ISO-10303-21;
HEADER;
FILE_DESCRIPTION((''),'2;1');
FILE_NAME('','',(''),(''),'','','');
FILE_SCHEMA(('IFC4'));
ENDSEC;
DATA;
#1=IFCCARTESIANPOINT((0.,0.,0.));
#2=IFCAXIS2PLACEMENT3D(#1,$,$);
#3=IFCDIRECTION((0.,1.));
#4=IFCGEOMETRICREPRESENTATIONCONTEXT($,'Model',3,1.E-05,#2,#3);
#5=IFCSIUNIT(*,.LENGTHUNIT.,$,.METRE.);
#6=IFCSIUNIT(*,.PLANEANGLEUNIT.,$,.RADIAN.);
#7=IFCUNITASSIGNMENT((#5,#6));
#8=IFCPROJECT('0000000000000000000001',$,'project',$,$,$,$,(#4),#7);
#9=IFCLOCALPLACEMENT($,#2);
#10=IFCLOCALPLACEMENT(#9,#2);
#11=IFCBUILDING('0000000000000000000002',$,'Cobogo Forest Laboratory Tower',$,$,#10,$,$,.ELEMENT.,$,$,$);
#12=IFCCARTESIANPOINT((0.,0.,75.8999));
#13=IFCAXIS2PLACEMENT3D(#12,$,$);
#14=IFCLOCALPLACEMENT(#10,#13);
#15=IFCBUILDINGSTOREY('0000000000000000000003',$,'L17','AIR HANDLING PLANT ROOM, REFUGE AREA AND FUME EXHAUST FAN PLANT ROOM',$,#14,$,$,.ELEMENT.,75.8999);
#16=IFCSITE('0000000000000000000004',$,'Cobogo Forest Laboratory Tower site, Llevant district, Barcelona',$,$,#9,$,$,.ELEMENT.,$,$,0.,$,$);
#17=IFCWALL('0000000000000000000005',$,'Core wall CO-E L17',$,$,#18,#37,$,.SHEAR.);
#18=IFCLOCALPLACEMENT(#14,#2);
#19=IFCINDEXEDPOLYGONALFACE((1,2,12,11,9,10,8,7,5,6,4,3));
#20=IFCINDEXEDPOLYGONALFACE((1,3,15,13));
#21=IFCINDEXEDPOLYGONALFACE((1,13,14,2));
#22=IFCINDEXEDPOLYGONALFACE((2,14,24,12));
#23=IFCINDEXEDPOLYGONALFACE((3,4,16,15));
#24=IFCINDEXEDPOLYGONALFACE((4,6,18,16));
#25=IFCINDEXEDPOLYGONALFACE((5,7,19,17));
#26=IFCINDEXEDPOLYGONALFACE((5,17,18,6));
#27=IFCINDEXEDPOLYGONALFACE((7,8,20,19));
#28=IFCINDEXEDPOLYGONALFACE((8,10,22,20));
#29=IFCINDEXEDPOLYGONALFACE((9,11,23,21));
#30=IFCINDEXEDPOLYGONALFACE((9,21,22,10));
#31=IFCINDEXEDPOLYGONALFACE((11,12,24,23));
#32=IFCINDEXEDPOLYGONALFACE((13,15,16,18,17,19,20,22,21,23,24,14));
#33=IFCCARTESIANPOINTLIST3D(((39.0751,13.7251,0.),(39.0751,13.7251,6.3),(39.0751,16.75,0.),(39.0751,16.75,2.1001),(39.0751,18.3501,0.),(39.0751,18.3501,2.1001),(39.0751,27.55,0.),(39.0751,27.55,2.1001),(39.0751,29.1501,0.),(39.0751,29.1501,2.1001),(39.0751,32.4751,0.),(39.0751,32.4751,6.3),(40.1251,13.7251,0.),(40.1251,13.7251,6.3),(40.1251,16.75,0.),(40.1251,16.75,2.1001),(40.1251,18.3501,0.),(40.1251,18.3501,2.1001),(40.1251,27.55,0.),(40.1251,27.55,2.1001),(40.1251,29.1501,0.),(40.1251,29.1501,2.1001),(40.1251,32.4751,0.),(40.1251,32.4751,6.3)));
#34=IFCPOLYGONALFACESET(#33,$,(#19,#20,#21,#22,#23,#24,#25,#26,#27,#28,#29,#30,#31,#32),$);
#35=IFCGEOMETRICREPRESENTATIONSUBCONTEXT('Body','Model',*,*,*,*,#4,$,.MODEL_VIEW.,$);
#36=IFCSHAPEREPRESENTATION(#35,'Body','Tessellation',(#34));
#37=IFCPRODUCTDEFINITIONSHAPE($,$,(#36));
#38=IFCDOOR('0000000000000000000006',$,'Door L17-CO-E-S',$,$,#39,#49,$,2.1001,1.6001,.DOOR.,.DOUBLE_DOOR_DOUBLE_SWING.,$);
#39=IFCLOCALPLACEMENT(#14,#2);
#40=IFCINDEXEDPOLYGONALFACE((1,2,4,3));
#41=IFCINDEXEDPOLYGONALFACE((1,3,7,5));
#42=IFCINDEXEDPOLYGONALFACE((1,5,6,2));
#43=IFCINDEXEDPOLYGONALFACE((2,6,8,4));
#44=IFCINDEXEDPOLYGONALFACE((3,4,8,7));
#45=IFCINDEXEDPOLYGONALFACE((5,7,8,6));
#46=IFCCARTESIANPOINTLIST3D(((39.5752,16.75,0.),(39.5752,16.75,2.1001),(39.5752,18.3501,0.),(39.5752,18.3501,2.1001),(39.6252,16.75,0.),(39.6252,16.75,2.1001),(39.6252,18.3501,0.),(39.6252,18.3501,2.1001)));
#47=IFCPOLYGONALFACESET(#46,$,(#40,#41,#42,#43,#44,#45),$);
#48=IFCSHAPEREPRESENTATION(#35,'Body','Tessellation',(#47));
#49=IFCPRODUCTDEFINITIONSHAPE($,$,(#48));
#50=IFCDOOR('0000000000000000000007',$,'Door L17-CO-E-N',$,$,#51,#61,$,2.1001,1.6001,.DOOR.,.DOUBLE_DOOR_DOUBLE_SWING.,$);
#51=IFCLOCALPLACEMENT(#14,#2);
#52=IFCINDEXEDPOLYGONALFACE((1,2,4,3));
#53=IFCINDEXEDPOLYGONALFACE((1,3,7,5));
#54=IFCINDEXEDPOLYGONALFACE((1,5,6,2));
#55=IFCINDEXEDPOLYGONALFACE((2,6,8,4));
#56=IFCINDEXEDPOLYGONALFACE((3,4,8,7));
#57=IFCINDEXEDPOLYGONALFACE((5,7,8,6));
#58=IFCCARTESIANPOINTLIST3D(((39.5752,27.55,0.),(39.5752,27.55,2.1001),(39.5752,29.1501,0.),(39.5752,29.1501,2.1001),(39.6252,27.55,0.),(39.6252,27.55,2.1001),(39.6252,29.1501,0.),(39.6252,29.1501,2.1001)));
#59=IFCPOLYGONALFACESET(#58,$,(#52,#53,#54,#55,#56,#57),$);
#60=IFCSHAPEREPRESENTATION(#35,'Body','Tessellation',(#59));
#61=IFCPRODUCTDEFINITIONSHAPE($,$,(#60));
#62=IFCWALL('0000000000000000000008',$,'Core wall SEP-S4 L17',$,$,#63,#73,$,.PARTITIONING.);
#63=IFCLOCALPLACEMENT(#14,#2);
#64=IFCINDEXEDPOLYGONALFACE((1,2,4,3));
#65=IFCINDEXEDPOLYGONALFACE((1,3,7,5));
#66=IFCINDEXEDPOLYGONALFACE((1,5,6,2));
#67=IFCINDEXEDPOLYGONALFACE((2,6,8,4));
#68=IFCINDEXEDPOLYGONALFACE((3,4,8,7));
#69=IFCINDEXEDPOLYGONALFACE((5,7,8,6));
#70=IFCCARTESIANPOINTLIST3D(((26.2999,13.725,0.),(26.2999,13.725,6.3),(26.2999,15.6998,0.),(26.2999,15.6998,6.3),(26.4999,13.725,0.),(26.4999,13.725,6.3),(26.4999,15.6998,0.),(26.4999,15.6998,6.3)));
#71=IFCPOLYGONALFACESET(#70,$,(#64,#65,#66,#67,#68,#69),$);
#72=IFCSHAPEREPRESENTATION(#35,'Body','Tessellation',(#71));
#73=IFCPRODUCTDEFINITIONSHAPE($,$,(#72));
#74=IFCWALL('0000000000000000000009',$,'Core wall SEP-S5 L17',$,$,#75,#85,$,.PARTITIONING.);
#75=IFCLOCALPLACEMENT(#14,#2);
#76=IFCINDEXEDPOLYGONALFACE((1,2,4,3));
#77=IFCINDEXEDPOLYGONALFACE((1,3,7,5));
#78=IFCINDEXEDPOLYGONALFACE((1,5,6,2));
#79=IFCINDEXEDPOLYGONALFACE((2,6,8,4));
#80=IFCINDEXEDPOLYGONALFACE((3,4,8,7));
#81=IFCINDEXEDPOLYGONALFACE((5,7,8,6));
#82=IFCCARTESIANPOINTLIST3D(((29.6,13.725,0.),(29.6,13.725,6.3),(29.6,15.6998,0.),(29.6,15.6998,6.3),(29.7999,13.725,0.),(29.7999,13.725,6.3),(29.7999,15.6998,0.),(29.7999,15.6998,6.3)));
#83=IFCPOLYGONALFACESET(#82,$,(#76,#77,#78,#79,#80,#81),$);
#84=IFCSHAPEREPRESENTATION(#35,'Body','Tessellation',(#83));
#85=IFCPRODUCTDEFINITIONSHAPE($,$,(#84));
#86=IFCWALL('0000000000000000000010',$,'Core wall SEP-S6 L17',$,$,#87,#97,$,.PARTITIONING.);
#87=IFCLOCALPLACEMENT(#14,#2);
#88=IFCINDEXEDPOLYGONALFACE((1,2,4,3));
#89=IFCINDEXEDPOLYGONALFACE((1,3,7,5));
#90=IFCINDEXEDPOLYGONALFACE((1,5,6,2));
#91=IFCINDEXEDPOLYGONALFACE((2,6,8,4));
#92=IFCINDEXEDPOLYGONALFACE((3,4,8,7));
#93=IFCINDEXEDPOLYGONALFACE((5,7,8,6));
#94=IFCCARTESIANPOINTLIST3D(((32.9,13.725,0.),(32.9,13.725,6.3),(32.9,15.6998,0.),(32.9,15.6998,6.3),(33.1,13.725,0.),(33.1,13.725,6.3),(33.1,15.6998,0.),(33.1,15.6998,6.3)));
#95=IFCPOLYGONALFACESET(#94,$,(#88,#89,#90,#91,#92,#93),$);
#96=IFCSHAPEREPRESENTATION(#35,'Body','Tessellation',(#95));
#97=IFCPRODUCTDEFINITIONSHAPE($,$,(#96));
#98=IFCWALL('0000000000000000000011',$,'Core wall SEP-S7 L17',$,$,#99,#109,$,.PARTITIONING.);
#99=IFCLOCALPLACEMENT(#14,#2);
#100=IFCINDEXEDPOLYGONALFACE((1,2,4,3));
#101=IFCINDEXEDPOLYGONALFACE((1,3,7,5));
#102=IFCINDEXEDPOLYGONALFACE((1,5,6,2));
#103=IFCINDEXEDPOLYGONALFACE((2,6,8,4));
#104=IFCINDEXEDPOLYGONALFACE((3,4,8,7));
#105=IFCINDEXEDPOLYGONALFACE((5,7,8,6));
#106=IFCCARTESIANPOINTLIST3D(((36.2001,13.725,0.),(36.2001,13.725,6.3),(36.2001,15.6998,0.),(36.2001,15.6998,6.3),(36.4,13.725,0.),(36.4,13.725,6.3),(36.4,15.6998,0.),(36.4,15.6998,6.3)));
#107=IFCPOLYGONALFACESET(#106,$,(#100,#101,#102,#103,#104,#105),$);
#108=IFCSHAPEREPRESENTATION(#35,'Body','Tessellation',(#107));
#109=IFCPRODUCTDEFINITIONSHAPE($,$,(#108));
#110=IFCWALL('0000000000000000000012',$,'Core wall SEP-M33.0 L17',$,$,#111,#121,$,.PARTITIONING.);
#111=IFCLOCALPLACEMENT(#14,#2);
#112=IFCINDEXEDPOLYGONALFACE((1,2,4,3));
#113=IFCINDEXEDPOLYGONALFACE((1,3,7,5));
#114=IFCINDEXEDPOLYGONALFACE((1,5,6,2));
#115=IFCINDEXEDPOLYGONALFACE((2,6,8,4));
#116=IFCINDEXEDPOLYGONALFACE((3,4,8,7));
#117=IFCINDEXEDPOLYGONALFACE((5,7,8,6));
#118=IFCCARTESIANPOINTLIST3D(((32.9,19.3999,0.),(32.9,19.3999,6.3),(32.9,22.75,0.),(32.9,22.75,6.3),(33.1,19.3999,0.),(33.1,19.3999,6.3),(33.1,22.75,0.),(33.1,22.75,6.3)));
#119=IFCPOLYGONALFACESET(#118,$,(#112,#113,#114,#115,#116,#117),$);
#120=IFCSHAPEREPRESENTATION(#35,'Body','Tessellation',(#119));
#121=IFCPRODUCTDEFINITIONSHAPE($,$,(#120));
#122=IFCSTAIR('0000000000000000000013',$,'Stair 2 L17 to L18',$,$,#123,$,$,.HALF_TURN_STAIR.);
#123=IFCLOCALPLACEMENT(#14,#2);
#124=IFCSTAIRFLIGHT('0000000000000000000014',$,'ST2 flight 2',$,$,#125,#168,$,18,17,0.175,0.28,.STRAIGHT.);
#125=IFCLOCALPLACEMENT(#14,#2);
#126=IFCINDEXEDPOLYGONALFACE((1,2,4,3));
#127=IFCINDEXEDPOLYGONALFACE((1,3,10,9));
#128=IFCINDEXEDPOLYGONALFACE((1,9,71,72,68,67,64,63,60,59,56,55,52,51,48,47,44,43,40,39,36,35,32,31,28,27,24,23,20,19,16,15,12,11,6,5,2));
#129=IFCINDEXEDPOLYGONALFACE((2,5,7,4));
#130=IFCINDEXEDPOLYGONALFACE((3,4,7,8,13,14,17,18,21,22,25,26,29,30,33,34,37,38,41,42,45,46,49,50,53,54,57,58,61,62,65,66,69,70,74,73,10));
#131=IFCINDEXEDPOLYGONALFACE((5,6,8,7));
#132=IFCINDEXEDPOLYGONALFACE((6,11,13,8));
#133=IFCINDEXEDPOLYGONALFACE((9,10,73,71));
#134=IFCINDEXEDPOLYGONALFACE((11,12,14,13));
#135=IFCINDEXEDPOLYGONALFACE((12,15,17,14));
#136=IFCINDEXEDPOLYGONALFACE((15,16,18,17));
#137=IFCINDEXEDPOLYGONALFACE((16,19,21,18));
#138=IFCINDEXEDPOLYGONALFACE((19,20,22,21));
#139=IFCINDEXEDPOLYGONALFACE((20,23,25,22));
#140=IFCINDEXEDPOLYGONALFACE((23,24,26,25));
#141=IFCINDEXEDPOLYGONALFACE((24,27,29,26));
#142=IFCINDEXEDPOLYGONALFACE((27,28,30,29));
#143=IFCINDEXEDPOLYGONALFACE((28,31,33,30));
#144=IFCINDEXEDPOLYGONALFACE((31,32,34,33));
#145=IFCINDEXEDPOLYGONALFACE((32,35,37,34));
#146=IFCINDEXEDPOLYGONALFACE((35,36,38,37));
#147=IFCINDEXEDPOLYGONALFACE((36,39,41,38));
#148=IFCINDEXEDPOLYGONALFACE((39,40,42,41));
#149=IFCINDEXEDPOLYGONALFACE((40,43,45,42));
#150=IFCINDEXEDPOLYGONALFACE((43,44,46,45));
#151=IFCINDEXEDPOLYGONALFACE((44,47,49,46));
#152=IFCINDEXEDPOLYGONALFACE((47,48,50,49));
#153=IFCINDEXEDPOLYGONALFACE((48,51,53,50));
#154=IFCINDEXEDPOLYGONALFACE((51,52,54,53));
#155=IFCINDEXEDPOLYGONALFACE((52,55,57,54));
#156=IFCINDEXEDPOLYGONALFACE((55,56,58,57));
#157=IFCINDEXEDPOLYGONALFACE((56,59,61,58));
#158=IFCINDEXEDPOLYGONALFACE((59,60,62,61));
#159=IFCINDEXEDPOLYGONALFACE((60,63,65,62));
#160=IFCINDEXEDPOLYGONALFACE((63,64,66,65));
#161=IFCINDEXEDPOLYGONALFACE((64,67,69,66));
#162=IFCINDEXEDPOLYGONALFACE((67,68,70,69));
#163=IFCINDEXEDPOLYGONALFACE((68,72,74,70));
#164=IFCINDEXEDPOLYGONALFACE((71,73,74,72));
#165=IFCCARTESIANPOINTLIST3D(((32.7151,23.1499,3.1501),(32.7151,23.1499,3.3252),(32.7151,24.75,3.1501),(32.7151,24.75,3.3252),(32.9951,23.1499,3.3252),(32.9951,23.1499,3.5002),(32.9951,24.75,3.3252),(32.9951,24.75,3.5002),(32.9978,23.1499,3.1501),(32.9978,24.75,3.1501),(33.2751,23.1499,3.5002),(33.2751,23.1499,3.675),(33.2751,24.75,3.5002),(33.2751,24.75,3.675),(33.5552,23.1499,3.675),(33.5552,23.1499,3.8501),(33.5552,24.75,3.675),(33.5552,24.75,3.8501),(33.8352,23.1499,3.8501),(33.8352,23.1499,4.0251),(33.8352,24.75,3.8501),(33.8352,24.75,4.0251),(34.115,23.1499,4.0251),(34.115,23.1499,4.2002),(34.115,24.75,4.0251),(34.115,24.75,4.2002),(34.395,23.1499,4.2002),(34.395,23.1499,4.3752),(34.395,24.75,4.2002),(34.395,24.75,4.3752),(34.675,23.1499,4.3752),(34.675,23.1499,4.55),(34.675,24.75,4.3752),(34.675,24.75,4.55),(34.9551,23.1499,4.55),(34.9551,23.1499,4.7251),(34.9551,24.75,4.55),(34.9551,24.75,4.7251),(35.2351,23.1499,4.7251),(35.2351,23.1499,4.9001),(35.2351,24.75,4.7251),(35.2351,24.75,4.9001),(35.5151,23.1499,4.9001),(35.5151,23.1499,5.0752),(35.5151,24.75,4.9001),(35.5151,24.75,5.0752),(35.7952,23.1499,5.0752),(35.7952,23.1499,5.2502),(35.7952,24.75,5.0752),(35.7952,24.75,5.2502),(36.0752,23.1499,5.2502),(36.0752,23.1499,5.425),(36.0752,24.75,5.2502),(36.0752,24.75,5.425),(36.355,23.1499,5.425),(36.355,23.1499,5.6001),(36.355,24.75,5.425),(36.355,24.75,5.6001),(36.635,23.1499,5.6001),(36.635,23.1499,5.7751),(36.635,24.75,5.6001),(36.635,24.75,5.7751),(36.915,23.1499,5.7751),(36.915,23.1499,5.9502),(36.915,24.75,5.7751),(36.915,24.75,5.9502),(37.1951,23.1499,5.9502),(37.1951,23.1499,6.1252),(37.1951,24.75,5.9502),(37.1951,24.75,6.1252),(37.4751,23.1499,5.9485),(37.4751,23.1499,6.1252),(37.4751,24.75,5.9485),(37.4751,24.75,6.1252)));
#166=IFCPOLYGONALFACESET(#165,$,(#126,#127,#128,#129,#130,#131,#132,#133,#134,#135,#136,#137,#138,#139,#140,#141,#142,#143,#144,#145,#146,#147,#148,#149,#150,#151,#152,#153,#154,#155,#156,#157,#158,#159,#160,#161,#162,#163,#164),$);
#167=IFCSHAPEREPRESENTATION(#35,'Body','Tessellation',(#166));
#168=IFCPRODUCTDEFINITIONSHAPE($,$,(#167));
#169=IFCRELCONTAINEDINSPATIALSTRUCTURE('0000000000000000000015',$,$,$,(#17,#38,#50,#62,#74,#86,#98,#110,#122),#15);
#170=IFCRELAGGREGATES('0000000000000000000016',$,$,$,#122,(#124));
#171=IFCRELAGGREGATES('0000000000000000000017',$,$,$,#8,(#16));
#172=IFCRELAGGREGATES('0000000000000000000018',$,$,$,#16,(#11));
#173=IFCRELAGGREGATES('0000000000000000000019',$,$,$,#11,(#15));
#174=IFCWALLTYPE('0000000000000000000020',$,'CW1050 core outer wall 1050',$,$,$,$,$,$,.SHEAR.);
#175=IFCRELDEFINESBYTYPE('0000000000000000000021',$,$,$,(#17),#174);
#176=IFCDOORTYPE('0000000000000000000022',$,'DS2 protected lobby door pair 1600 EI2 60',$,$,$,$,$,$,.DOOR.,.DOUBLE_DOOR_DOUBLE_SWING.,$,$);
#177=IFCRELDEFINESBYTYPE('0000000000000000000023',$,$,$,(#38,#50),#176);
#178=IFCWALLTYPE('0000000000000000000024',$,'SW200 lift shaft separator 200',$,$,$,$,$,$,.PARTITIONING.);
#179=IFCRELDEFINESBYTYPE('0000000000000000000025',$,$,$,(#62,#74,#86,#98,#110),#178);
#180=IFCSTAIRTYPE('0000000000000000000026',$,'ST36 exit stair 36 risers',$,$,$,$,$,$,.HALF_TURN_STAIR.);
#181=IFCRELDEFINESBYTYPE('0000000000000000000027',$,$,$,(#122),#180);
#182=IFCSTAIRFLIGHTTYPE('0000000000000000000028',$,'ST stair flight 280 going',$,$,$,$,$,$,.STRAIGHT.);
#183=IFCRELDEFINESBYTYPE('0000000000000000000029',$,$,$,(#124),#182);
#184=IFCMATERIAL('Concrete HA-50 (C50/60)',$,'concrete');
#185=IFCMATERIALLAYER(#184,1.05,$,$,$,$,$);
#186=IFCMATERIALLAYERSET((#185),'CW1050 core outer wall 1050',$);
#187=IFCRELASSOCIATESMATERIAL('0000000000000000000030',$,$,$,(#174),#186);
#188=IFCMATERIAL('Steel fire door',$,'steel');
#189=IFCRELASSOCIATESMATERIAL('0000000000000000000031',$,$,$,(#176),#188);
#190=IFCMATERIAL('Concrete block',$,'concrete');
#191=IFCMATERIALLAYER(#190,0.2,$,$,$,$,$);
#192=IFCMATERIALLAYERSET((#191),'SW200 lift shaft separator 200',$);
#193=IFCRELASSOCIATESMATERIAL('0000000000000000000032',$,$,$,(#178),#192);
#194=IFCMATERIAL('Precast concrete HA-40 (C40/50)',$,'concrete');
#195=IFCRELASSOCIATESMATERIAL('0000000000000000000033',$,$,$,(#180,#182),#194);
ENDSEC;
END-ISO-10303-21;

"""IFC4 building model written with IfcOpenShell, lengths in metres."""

from ifc_helpers import new_model, si_unit, direction, frame, frame_2d, origin, place, context, subcontext, project, spatial, polyline, rectangle, outline, extrude, material, layer, layer_set, type_object, element, fill, aggregate, save


model = new_model("IFC4")

# Units and contexts
model_context = context("Model", 3, precision=1e-05, world=origin(), true_north=direction((0.0, 1.0)))
body_context = subcontext(model_context, "Body", "Model", "MODEL_VIEW")
ifc_project = project(units=[si_unit("LENGTHUNIT", "METRE"), si_unit("PLANEANGLEUNIT", "RADIAN")], contexts=[model_context])

# Site, building, storey
site_placement = place(None, origin())
site = spatial("IfcSite", under=ifc_project, at=site_placement, Name="Cobogo Forest Laboratory Tower site, Llevant district, Barcelona", CompositionType="ELEMENT", RefElevation=0.0)
building_placement = place(site_placement, origin())
building = spatial("IfcBuilding", under=site, at=building_placement, Name="Cobogo Forest Laboratory Tower", CompositionType="ELEMENT")
storey_placement = place(building_placement, frame((0.0, 0.0, 75.8999)))
storey = spatial("IfcBuildingStorey", under=building, at=storey_placement, Name="L17", Description="AIR HANDLING PLANT ROOM, REFUGE AREA AND FUME EXHAUST FAN PLANT ROOM", CompositionType="ELEMENT", Elevation=75.8999)

# Shared definitions
ifc_material_1 = material(Name="Concrete HA-50 (C50/60)", Category="concrete")

# Wall, openings, doors
ifc_layer_1 = layer(ifc_material_1, 1.05)
ifc_layer_set_1 = layer_set([ifc_layer_1], Name="CW1050 core outer wall 1050")
wall_type_1 = type_object("IfcWallType", Name="CW1050 core outer wall 1050", PredefinedType="SHEAR", material=ifc_layer_set_1)
wall_1_placement = place(storey_placement, frame((39.6001, 13.7251, 0.0), z_axis=(0.0, 0.0, 1.0), x_axis=(0.0, 1.0, 0.0)))
wall_1 = element("IfcWall", 1, at=wall_1_placement, inside=storey, type_object=wall_type_1, Name="Core wall CO-E L17", PredefinedType="SHEAR", context=body_context, shape_type="SweptSolid", body=[
    extrude(rectangle(XDim=18.75, YDim=1.05, at=frame_2d((9.375, 0.0))), origin(), (0.0, 0.0, 1.0), 6.3),
])
opening_1_placement = place(wall_1_placement, frame((3.0249, 0.0, 0.0)))
opening_1 = element("IfcOpeningElement", 2, at=opening_1_placement, cuts=wall_1, PredefinedType="OPENING", context=body_context, shape_type="SweptSolid", body=[
    extrude(rectangle(XDim=1.6001, YDim=2.1001, at=frame_2d((0.8, 1.05))), frame((0.0, 0.5349, 0.0), z_axis=(0.0, -1.0, 0.0), x_axis=(1.0, 0.0, 0.0)), (0.0, 0.0, 1.0), 1.0701),
])
opening_2_placement = place(wall_1_placement, frame((13.825, 0.0, 0.0)))
opening_2 = element("IfcOpeningElement", 3, at=opening_2_placement, cuts=wall_1, PredefinedType="OPENING", context=body_context, shape_type="SweptSolid", body=[
    extrude(rectangle(XDim=1.6001, YDim=2.1001, at=frame_2d((0.8, 1.05))), frame((0.0, 0.5349, 0.0), z_axis=(0.0, -1.0, 0.0), x_axis=(1.0, 0.0, 0.0)), (0.0, 0.0, 1.0), 1.0701),
])
ifc_material_2 = material(Name="Steel fire door", Category="steel")
door_type_1 = type_object("IfcDoorType", Name="DS2 protected lobby door pair 1600 EI2 60", OperationType="DOUBLE_DOOR_DOUBLE_SWING", PredefinedType="DOOR", material=ifc_material_2)
door_1_placement = place(opening_1_placement, origin())
door_1 = element("IfcDoor", 4, at=door_1_placement, inside=storey, type_object=door_type_1, Name="Door L17-CO-E-S", OperationType="DOUBLE_DOOR_DOUBLE_SWING", OverallHeight=2.1001, OverallWidth=1.6001, PredefinedType="DOOR", context=body_context, shape_type="SweptSolid", body=[
    extrude(rectangle(XDim=1.6001, YDim=2.1001, at=frame_2d((0.8, 1.05))), frame((0.0, 0.0249, 0.0), z_axis=(0.0, -1.0, 0.0), x_axis=(1.0, 0.0, 0.0)), (0.0, 0.0, 1.0), 0.05),
])
fill(opening_1, door_1)
door_2_placement = place(opening_2_placement, origin())
door_2 = element("IfcDoor", 5, at=door_2_placement, inside=storey, type_object=door_type_1, Name="Door L17-CO-E-N", OperationType="DOUBLE_DOOR_DOUBLE_SWING", OverallHeight=2.1001, OverallWidth=1.6001, PredefinedType="DOOR", context=body_context, shape_type="SweptSolid", body=[
    extrude(rectangle(XDim=1.6001, YDim=2.1001, at=frame_2d((0.8, 1.05))), frame((0.0, 0.0249, 0.0), z_axis=(0.0, -1.0, 0.0), x_axis=(1.0, 0.0, 0.0)), (0.0, 0.0, 1.0), 0.05),
])
fill(opening_2, door_2)

# Walls
ifc_material_3 = material(Name="Concrete block", Category="concrete")
ifc_layer_2 = layer(ifc_material_3, 0.2)
ifc_layer_set_2 = layer_set([ifc_layer_2], Name="SW200 lift shaft separator 200")
wall_type_2 = type_object("IfcWallType", Name="SW200 lift shaft separator 200", PredefinedType="PARTITIONING", material=ifc_layer_set_2)
for number, where, z_axis, x_axis, name in (
    (6, (26.3999, 13.7251, 0.0), (0.0, 0.0, 1.0), (0.0, 1.0, 0.0), "Core wall SEP-S4 L17"),
    (7, (29.7, 13.7251, 0.0), (0.0, 0.0, 1.0), (0.0, 1.0, 0.0), "Core wall SEP-S5 L17"),
    (8, (33.0, 13.7251, 0.0), (0.0, 0.0, 1.0), (0.0, 1.0, 0.0), "Core wall SEP-S6 L17"),
    (9, (36.3, 13.7251, 0.0), (0.0, 0.0, 1.0), (0.0, 1.0, 0.0), "Core wall SEP-S7 L17"),
):
    element("IfcWall", number, at=place(storey_placement, frame(where, z_axis=z_axis, x_axis=x_axis)), inside=storey, type_object=wall_type_2, Name=name, PredefinedType="PARTITIONING", context=body_context, shape_type="SweptSolid", body=[
        extrude(rectangle(XDim=1.9749, YDim=0.2, at=frame_2d((0.9873, 0.0))), origin(), (0.0, 0.0, 1.0), 6.3),
    ])
wall_2_placement = place(storey_placement, frame((33.0, 19.3999, 0.0), z_axis=(0.0, 0.0, 1.0), x_axis=(0.0, 1.0, 0.0)))
element("IfcWall", 10, at=wall_2_placement, inside=storey, type_object=wall_type_2, Name="Core wall SEP-M33.0 L17", PredefinedType="PARTITIONING", context=body_context, shape_type="SweptSolid", body=[
    extrude(rectangle(XDim=3.3501, YDim=0.2, at=frame_2d((1.675, 0.0))), origin(), (0.0, 0.0, 1.0), 6.3),
])

# Stair, stair flight
ifc_material_4 = material(Name="Precast concrete HA-40 (C40/50)", Category="concrete")
stair_type = type_object("IfcStairType", Name="ST36 exit stair 36 risers", PredefinedType="HALF_TURN_STAIR", material=ifc_material_4)
stair_placement = place(storey_placement, origin())
stair = element("IfcStair", 11, at=stair_placement, inside=storey, type_object=stair_type, Name="Stair 2 L17 to L18", PredefinedType="HALF_TURN_STAIR")
stair_flight_type = type_object("IfcStairFlightType", Name="ST stair flight 280 going", PredefinedType="STRAIGHT", material=ifc_material_4)
stair_flight_placement = place(storey_placement, frame((32.7151, 23.95, 3.1501), z_axis=(0.0, 0.0, 1.0), x_axis=(1.0, 0.0, 0.0)))
stair_flight = element("IfcStairFlight", 12, at=stair_flight_placement, type_object=stair_flight_type, Name="ST2 flight 2", NumberOfRisers=18, NumberOfTreads=17, PredefinedType="STRAIGHT", RiserHeight=0.175, TreadLength=0.28, context=body_context, shape_type="SweptSolid", body=[
    extrude(outline(polyline([(0.0, 0.0), (0.0, 0.175), (0.28, 0.175), (0.28, 0.3501), (0.5601, 0.3501), (0.5601, 0.5249), (0.8401, 0.5249), (0.8401, 0.7), (1.1201, 0.7), (1.1201, 0.875), (1.3999, 0.875), (1.3999, 1.05), (1.6799, 1.05), (1.6799, 1.2251), (1.96, 1.2251), (1.96, 1.3999), (2.24, 1.3999), (2.24, 1.575), (2.52, 1.575), (2.52, 1.75), (2.8, 1.75), (2.8, 1.925), (3.0801, 1.925), (3.0801, 2.1001), (3.3601, 2.1001), (3.3601, 2.2749), (3.6399, 2.2749), (3.6399, 2.45), (3.9199, 2.45), (3.9199, 2.625), (4.2, 2.625), (4.2, 2.8), (4.48, 2.8), (4.48, 2.9751), (4.76, 2.9751), (4.76, 3.1499), (4.76, 2.7983), (0.2827, 0.0), (0.0, 0.0)])), frame((0.0, 0.8, 0.0), z_axis=(0.0, -1.0, 0.0), x_axis=(1.0, 0.0, 0.0)), (0.0, 0.0, 1.0), 1.6001),
])
aggregate(stair, [stair_flight])

save(model, "model.ifc")
